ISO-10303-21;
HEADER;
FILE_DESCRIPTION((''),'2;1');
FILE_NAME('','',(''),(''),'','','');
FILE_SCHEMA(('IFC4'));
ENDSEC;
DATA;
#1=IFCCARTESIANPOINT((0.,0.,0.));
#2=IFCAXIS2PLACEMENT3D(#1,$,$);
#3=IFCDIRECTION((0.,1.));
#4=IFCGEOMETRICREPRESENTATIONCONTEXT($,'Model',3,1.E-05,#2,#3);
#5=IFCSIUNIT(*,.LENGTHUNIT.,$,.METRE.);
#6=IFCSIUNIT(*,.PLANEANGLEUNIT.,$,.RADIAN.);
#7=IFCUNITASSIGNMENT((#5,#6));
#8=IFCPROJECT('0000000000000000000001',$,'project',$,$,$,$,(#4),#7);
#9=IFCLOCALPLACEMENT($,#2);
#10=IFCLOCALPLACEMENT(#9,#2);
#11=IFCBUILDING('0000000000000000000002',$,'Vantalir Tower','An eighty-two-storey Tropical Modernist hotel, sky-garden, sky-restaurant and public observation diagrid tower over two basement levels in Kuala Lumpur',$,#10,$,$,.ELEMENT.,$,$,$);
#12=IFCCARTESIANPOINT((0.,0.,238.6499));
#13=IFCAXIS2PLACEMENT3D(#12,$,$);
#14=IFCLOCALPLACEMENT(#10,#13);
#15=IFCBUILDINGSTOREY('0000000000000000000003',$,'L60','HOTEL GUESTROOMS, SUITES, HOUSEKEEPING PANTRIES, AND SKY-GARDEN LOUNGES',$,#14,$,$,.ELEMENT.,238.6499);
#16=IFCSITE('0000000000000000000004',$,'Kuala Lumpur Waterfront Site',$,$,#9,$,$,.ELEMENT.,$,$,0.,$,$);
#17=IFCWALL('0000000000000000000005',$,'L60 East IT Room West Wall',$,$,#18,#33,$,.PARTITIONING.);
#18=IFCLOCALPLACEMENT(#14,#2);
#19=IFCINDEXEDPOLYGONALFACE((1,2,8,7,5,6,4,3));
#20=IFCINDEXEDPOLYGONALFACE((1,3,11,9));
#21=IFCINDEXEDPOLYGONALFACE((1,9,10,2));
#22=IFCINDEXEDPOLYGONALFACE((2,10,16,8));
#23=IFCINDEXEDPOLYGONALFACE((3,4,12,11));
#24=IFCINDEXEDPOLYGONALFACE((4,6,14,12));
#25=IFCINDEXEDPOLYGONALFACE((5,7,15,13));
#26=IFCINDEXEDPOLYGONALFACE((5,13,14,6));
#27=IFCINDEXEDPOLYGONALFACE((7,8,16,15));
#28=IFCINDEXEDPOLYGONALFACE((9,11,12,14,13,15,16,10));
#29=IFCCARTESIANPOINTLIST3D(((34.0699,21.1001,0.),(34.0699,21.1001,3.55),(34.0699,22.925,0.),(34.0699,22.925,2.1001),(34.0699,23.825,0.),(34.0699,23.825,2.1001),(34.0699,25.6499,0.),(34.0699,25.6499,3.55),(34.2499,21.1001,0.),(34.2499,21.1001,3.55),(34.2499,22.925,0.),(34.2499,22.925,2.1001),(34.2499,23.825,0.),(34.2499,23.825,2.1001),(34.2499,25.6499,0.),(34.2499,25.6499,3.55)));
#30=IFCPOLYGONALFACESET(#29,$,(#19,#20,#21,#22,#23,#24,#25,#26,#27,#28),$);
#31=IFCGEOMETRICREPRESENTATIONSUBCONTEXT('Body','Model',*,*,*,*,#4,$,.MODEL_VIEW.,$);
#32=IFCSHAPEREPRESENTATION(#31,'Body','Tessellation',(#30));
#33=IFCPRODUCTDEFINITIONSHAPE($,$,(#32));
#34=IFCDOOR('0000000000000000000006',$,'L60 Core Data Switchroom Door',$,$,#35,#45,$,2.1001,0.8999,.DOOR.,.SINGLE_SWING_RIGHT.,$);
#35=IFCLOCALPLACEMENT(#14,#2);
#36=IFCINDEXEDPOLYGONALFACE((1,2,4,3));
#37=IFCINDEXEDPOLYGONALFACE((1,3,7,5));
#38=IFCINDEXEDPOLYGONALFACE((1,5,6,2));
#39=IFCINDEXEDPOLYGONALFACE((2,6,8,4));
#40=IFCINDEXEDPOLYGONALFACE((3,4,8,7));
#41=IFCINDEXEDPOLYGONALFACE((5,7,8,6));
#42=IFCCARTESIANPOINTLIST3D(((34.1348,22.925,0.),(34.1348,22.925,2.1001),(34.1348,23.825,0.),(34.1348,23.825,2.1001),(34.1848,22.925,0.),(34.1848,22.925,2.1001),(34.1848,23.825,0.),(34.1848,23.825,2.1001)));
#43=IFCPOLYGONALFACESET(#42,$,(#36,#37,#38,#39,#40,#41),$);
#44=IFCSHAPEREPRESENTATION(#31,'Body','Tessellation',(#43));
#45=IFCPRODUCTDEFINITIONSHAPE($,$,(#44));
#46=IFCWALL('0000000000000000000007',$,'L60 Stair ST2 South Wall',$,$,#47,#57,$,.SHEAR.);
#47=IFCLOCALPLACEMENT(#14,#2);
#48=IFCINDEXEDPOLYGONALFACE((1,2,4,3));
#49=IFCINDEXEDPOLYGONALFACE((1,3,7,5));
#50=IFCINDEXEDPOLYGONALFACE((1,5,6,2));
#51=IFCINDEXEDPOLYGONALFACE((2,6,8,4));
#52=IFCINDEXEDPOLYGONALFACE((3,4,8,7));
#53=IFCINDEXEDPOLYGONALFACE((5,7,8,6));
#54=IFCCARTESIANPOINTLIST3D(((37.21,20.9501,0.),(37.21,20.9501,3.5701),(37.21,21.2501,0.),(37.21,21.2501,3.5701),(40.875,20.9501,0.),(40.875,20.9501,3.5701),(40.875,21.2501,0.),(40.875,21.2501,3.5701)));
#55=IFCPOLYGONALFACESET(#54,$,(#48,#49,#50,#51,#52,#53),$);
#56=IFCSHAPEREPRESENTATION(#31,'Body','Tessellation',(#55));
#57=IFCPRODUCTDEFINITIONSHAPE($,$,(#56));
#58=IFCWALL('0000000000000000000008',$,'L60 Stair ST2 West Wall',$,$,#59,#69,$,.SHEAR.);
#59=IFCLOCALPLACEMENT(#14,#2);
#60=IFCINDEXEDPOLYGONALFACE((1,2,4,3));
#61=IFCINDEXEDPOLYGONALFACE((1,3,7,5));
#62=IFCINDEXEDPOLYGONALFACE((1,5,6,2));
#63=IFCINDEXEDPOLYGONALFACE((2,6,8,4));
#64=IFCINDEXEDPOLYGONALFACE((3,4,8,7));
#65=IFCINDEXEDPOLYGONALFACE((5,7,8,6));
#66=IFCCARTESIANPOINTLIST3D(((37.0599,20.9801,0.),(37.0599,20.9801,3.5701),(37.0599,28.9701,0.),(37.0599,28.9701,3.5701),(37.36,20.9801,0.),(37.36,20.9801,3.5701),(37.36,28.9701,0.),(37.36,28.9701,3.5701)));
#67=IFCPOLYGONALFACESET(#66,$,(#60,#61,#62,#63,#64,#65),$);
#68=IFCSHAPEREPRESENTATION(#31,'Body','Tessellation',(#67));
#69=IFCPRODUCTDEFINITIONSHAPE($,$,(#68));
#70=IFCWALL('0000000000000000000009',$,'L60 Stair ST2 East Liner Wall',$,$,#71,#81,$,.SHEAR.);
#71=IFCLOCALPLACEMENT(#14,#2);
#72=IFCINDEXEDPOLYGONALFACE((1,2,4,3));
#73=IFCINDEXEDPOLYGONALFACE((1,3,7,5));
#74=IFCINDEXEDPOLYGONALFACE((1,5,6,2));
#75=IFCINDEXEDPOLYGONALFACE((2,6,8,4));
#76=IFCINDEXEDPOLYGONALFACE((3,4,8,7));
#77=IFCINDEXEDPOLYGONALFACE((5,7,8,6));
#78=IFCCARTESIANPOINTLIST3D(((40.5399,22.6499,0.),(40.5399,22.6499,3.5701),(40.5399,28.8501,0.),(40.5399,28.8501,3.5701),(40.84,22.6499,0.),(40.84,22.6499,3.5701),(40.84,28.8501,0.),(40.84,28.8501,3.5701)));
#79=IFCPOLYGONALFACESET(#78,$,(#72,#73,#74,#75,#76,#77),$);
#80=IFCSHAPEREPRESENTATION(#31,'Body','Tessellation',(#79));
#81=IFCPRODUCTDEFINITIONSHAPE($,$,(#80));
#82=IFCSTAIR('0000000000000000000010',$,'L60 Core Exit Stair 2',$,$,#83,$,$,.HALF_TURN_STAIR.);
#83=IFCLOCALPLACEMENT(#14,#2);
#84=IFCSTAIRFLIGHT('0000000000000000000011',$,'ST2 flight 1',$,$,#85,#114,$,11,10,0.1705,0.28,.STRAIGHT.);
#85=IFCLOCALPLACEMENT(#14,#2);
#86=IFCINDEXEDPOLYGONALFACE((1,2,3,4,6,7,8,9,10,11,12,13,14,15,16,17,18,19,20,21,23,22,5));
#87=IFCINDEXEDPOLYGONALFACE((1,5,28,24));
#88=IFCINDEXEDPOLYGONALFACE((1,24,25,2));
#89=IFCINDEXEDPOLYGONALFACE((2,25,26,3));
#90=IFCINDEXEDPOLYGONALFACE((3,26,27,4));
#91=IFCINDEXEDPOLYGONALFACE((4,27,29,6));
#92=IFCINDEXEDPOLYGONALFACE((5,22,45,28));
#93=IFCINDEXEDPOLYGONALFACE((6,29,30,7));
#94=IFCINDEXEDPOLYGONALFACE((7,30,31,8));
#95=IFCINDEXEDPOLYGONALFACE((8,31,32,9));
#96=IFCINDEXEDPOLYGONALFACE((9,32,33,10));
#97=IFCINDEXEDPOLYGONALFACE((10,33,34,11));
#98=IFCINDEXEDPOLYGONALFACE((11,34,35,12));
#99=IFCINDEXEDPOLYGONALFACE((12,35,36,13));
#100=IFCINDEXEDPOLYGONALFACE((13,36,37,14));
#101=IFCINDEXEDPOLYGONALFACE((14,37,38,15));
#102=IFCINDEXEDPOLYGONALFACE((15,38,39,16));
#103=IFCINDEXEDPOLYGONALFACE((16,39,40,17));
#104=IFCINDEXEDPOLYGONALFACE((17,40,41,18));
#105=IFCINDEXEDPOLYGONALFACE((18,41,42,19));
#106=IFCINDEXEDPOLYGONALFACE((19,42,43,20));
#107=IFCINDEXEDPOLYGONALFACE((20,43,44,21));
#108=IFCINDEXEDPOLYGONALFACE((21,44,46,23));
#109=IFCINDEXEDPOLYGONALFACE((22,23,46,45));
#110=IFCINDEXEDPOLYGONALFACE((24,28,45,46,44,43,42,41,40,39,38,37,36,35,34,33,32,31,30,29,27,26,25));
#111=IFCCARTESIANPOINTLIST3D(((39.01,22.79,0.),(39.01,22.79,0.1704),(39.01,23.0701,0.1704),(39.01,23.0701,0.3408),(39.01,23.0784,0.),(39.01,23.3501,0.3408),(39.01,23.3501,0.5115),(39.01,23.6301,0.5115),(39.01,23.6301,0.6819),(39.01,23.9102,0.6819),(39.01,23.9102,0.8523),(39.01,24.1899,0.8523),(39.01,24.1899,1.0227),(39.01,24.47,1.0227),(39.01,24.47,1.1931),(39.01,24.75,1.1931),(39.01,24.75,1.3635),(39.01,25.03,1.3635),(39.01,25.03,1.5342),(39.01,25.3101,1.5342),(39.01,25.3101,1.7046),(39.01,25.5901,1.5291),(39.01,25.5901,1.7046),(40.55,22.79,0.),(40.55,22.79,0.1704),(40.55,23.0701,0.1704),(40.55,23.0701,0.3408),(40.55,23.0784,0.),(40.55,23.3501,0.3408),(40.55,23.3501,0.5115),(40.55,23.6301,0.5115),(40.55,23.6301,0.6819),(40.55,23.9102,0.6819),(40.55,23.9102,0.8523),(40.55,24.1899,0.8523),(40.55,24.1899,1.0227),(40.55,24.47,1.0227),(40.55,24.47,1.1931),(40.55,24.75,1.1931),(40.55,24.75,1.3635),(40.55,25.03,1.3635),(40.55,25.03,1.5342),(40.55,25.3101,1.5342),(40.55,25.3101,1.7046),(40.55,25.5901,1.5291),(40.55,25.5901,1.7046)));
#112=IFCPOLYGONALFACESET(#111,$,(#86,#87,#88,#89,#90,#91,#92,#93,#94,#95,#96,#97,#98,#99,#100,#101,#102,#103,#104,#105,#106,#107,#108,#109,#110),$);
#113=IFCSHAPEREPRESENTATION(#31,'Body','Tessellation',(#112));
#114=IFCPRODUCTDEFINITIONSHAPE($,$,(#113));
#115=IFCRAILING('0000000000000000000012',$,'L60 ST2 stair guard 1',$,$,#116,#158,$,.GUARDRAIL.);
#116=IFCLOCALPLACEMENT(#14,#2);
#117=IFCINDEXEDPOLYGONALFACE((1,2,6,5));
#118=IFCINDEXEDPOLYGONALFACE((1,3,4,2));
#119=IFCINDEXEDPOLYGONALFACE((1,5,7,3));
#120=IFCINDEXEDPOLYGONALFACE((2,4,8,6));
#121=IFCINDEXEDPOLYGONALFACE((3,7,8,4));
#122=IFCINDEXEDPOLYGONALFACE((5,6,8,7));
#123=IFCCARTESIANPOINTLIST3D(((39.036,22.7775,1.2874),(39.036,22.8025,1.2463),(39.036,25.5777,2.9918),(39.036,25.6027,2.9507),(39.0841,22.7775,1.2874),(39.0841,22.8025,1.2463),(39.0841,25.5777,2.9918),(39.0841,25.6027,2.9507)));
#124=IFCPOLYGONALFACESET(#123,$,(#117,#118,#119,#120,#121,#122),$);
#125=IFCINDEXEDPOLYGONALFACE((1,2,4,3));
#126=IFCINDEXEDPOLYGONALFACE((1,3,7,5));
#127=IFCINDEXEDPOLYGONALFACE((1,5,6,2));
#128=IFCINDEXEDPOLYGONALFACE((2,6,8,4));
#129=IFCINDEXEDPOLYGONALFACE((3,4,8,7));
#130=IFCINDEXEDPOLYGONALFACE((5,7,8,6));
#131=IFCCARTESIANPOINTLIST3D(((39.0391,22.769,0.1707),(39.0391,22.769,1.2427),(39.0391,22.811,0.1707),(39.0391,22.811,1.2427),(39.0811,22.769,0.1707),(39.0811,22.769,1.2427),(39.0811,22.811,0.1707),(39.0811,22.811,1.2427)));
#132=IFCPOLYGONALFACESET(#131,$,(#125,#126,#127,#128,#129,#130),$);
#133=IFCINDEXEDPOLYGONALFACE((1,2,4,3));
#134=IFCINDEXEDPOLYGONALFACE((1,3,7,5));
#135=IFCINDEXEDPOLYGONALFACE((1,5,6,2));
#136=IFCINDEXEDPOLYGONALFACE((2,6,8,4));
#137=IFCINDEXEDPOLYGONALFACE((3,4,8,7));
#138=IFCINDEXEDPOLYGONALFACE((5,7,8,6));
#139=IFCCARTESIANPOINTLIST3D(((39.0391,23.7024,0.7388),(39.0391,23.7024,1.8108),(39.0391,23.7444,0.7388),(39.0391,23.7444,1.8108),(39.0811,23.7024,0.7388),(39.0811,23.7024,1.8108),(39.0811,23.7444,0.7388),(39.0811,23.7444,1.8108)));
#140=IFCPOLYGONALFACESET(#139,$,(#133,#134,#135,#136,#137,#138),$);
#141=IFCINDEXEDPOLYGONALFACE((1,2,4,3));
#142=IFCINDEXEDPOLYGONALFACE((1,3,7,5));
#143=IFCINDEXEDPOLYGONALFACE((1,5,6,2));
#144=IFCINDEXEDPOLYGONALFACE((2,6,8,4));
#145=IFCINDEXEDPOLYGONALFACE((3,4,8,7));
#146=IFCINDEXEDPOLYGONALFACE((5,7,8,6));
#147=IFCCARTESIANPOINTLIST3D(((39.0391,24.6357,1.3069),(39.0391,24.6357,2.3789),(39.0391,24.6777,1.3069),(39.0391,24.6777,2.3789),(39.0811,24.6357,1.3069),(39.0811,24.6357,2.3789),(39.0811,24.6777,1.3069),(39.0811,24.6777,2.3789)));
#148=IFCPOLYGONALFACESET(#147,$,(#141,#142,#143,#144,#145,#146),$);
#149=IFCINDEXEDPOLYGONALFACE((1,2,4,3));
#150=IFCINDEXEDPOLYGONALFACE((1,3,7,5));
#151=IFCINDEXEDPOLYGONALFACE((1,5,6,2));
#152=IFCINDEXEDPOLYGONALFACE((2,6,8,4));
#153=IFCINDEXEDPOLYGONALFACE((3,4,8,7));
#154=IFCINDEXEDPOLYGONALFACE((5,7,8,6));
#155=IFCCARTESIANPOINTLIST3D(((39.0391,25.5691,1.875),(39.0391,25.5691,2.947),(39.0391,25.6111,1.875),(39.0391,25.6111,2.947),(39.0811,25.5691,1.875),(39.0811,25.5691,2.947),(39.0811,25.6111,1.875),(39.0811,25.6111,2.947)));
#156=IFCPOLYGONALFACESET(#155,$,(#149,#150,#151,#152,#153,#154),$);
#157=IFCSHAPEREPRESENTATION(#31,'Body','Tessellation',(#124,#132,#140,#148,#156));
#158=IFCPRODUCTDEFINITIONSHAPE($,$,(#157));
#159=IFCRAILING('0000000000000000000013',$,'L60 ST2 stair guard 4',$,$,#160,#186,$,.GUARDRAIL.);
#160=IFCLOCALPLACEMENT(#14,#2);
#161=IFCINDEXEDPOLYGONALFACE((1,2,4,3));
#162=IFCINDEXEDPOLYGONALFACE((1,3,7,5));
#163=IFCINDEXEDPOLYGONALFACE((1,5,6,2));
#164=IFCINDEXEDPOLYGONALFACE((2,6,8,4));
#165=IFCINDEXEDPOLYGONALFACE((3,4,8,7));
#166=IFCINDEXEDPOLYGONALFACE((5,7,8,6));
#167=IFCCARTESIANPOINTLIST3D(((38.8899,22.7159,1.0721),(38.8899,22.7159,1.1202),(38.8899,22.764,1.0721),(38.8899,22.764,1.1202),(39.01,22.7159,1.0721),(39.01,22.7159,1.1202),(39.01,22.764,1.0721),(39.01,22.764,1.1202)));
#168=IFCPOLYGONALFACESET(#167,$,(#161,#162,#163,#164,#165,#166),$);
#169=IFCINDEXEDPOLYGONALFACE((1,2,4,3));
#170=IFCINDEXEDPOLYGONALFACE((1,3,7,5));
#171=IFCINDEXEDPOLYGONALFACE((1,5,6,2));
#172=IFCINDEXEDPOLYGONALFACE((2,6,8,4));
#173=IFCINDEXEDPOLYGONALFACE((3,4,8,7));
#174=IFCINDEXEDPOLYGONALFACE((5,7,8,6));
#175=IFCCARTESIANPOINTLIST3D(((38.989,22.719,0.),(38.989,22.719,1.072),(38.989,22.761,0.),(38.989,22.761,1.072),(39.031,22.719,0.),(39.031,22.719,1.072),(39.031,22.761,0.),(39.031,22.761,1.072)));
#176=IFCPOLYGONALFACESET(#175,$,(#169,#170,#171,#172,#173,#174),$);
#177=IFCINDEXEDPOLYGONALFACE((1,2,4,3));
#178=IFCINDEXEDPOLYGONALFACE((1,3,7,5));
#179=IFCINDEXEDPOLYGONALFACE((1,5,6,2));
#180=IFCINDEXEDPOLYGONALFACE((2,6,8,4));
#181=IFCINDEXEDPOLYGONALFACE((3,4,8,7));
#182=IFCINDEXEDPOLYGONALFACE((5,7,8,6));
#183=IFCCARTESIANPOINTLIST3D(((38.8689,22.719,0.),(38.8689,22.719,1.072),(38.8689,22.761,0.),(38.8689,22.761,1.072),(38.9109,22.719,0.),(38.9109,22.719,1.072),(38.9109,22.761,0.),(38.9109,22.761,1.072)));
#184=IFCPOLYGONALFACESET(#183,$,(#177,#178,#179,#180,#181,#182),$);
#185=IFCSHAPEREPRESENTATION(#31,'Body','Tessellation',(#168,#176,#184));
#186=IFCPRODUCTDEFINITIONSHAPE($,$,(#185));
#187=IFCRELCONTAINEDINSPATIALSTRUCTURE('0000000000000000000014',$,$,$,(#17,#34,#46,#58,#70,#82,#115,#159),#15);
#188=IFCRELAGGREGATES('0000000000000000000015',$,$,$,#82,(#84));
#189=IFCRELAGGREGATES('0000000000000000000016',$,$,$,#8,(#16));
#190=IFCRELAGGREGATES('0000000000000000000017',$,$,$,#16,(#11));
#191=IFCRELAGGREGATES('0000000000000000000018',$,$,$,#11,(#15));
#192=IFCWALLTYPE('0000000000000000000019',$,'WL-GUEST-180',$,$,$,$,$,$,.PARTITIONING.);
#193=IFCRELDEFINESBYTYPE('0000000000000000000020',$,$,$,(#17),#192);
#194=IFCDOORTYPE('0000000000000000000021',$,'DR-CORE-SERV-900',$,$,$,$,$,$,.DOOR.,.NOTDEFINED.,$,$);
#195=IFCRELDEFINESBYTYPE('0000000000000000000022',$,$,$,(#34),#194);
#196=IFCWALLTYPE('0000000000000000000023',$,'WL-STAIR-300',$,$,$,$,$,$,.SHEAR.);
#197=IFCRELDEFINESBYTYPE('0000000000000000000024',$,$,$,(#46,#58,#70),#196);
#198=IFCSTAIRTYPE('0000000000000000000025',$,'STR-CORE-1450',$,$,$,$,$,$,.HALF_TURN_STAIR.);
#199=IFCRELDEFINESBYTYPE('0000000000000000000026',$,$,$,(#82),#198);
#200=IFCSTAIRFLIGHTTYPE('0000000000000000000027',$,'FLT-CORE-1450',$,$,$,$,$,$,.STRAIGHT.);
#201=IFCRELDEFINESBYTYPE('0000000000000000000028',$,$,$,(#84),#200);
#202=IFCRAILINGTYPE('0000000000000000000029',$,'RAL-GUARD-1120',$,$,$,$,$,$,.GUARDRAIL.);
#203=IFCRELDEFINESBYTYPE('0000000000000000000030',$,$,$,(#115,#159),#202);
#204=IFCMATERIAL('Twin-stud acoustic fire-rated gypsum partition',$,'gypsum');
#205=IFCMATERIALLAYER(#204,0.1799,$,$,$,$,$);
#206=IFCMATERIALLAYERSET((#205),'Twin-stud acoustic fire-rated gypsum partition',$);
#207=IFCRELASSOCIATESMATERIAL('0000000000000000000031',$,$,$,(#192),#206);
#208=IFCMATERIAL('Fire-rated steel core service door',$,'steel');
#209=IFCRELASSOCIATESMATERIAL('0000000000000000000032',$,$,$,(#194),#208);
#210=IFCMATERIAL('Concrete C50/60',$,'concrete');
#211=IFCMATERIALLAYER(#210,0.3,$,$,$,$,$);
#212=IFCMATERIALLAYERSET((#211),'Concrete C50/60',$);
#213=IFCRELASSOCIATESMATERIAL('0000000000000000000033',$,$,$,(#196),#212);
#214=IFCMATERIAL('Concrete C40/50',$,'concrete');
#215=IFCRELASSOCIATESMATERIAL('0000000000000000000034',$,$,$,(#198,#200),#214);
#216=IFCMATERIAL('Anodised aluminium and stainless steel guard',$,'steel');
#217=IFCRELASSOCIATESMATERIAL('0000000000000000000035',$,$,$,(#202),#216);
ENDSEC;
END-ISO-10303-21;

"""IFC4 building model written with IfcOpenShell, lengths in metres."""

from ifc_helpers import new_model, si_unit, direction, frame, frame_2d, origin, origin_2d, place, context, subcontext, project, spatial, polyline, rectangle, outline, extrude, material, layer, layer_set, type_object, element, fill, aggregate, save


model = new_model("IFC4")

# Units and contexts
model_context = context("Model", 3, precision=1e-05, world=origin(), true_north=direction((0.0, 1.0)))
body_context = subcontext(model_context, "Body", "Model", "MODEL_VIEW")
ifc_project = project(units=[si_unit("LENGTHUNIT", "METRE"), si_unit("PLANEANGLEUNIT", "RADIAN")], contexts=[model_context])

# Site, building, storey
site_placement = place(None, origin())
site = spatial("IfcSite", under=ifc_project, at=site_placement, Name="Kuala Lumpur Waterfront Site", CompositionType="ELEMENT", RefElevation=0.0)
building_placement = place(site_placement, origin())
building = spatial("IfcBuilding", under=site, at=building_placement, Name="Vantalir Tower", Description="An eighty-two-storey Tropical Modernist hotel, sky-garden, sky-restaurant and public observation diagrid tower over two basement levels in Kuala Lumpur", CompositionType="ELEMENT")
storey_placement = place(building_placement, frame((0.0, 0.0, 238.6499)))
storey = spatial("IfcBuildingStorey", under=building, at=storey_placement, Name="L60", Description="HOTEL GUESTROOMS, SUITES, HOUSEKEEPING PANTRIES, AND SKY-GARDEN LOUNGES", CompositionType="ELEMENT", Elevation=238.6499)

# Shared definitions
ifc_material_1 = material(Name="Concrete C50/60", Category="concrete")

# Shared definitions
ifc_material_2 = material(Name="Twin-stud acoustic fire-rated gypsum partition", Category="gypsum")
ifc_layer_1 = layer(ifc_material_2, 0.1799)
ifc_layer_set_1 = layer_set([ifc_layer_1], Name="Twin-stud acoustic fire-rated gypsum partition")
wall_type_1 = type_object("IfcWallType", Name="WL-GUEST-180", PredefinedType="PARTITIONING", material=ifc_layer_set_1)

# Wall, opening, door
wall_1_placement = place(storey_placement, frame((34.1599, 21.1001, 0.0), z_axis=(0.0, 0.0, 1.0), x_axis=(0.0, 1.0, 0.0)))
wall_1 = element("IfcWall", 1, at=wall_1_placement, inside=storey, type_object=wall_type_1, Name="L60 East IT Room West Wall", PredefinedType="PARTITIONING", context=body_context, shape_type="SweptSolid", body=[
    extrude(rectangle(XDim=4.5498, YDim=0.1799, at=frame_2d((2.2749, 0.0))), origin(), (0.0, 0.0, 1.0), 3.55),
])
opening_placement = place(wall_1_placement, frame((1.825, 0.0, 0.0)))
opening = element("IfcOpeningElement", 2, at=opening_placement, cuts=wall_1, PredefinedType="OPENING", context=body_context, shape_type="SweptSolid", body=[
    extrude(rectangle(XDim=0.8999, YDim=2.1001, at=frame_2d((0.45, 1.05))), frame((0.0, 0.0999, 0.0), z_axis=(0.0, -1.0, 0.0), x_axis=(1.0, 0.0, 0.0)), (0.0, 0.0, 1.0), 0.2),
])
ifc_material_3 = material(Name="Fire-rated steel core service door", Category="steel")
door_type = type_object("IfcDoorType", Name="DR-CORE-SERV-900", OperationType="NOTDEFINED", PredefinedType="DOOR", material=ifc_material_3)
door_placement = place(opening_placement, frame((0.8999, 0.0, 0.0), z_axis=(0.0, 0.0, 1.0), x_axis=(-1.0, 0.0, 0.0)))
door = element("IfcDoor", 3, at=door_placement, inside=storey, type_object=door_type, Name="L60 Core Data Switchroom Door", OperationType="SINGLE_SWING_RIGHT", OverallHeight=2.1001, OverallWidth=0.8999, PredefinedType="DOOR", context=body_context, shape_type="SweptSolid", body=[
    extrude(rectangle(XDim=0.8999, YDim=2.1001, at=frame_2d((0.45, 1.05))), frame((0.0, 0.0249, 0.0), z_axis=(0.0, -1.0, 0.0), x_axis=(1.0, 0.0, 0.0)), (0.0, 0.0, 1.0), 0.05),
])
fill(opening, door)

# Walls
ifc_layer_2 = layer(ifc_material_1, 0.3)
ifc_layer_set_2 = layer_set([ifc_layer_2], Name="Concrete C50/60")
wall_type_2 = type_object("IfcWallType", Name="WL-STAIR-300", PredefinedType="SHEAR", material=ifc_layer_set_2)
wall_2_placement = place(storey_placement, frame((37.21, 21.1001, 0.0), z_axis=(0.0, 0.0, 1.0), x_axis=(1.0, 0.0, 0.0)))
element("IfcWall", 4, at=wall_2_placement, inside=storey, type_object=wall_type_2, Name="L60 Stair ST2 South Wall", PredefinedType="SHEAR", context=body_context, shape_type="SweptSolid", body=[
    extrude(rectangle(XDim=3.665, YDim=0.3, at=frame_2d((1.8325, 0.0))), origin(), (0.0, 0.0, 1.0), 3.5701),
])
wall_3_placement = place(storey_placement, frame((37.21, 20.98, 0.0), z_axis=(0.0, 0.0, 1.0), x_axis=(0.0, 1.0, 0.0)))
element("IfcWall", 5, at=wall_3_placement, inside=storey, type_object=wall_type_2, Name="L60 Stair ST2 West Wall", PredefinedType="SHEAR", context=body_context, shape_type="SweptSolid", body=[
    extrude(rectangle(XDim=7.99, YDim=0.3, at=frame_2d((3.9951, 0.0))), origin(), (0.0, 0.0, 1.0), 3.5701),
])
wall_4_placement = place(storey_placement, frame((40.6899, 22.6499, 0.0), z_axis=(0.0, 0.0, 1.0), x_axis=(0.0, 1.0, 0.0)))
element("IfcWall", 6, at=wall_4_placement, inside=storey, type_object=wall_type_2, Name="L60 Stair ST2 East Liner Wall", PredefinedType="SHEAR", context=body_context, shape_type="SweptSolid", body=[
    extrude(rectangle(XDim=6.2002, YDim=0.3, at=frame_2d((3.1001, 0.0))), origin(), (0.0, 0.0, 1.0), 3.5701),
])

# Stair, stair flight
ifc_material_4 = material(Name="Concrete C40/50", Category="concrete")
stair_type = type_object("IfcStairType", Name="STR-CORE-1450", PredefinedType="HALF_TURN_STAIR", material=ifc_material_4)
stair_placement = place(storey_placement, origin())
stair = element("IfcStair", 7, at=stair_placement, inside=storey, type_object=stair_type, Name="L60 Core Exit Stair 2", PredefinedType="HALF_TURN_STAIR")
stair_flight_type = type_object("IfcStairFlightType", Name="FLT-CORE-1450", PredefinedType="STRAIGHT", material=ifc_material_4)
stair_flight_placement = place(storey_placement, frame((39.78, 22.79, 0.0), z_axis=(0.0, 0.0, 1.0), x_axis=(0.0, 1.0, 0.0)))
stair_flight = element("IfcStairFlight", 8, at=stair_flight_placement, type_object=stair_flight_type, Name="ST2 flight 1", NumberOfRisers=11, NumberOfTreads=10, PredefinedType="STRAIGHT", RiserHeight=0.1705, TreadLength=0.28, context=body_context, shape_type="SweptSolid", body=[
    extrude(outline(polyline([(0.0, 0.0), (0.0, 0.1704), (0.28, 0.1704), (0.28, 0.3408), (0.5601, 0.3408), (0.5601, 0.5115), (0.8401, 0.5115), (0.8401, 0.6819), (1.1201, 0.6819), (1.1201, 0.8523), (1.3999, 0.8523), (1.3999, 1.0227), (1.6799, 1.0227), (1.6799, 1.1931), (1.96, 1.1931), (1.96, 1.3635), (2.24, 1.3635), (2.24, 1.5342), (2.52, 1.5342), (2.52, 1.7046), (2.8, 1.7046), (2.8, 1.875), (2.8, 1.5291), (0.2883, 0.0), (0.0, 0.0)])), frame((0.0, 0.77, 0.0), z_axis=(0.0, -1.0, 0.0), x_axis=(1.0, 0.0, 0.0)), (0.0, 0.0, 1.0), 1.54),
])
aggregate(stair, [stair_flight])

# Railings
ifc_material_5 = material(Name="Anodised aluminium and stainless steel guard", Category="steel")
railing_type_1 = type_object("IfcRailingType", Name="RAL-GUARD-1120", PredefinedType="GUARDRAIL", material=ifc_material_5)
railing_1_placement = place(storey_placement, frame((39.0601, 22.79, 0.1707)))
element("IfcRailing", 9, at=railing_1_placement, inside=storey, type_object=railing_type_1, Name="L60 ST2 stair guard 1", PredefinedType="GUARDRAIL", context=body_context, shape_type="SweptSolid", body=[
    extrude(rectangle(XDim=0.0481, YDim=0.0481, at=origin_2d()), frame((0.0, 0.0, 1.0962), z_axis=(0.0, 0.854203, 0.51994), x_axis=(-1.0, 0.0, 0.0)), (0.0, 0.0, 1.0), 3.2781),
    extrude(rectangle(XDim=0.042, YDim=0.042, at=origin_2d()), origin(), (0.0, 0.0, 1.0), 1.072),
    extrude(rectangle(XDim=0.042, YDim=0.042, at=origin_2d()), frame((0.0, 0.9333, 0.5681)), (0.0, 0.0, 1.0), 1.072),
    extrude(rectangle(XDim=0.042, YDim=0.042, at=origin_2d()), frame((0.0, 1.8667, 1.1362)), (0.0, 0.0, 1.0), 1.072),
    extrude(rectangle(XDim=0.042, YDim=0.042, at=origin_2d()), frame((0.0, 2.8, 1.7043)), (0.0, 0.0, 1.0), 1.072),
])
railing_2_placement = place(storey_placement, frame((39.01, 22.74, 0.0)))
element("IfcRailing", 10, at=railing_2_placement, inside=storey, type_object=railing_type_1, Name="L60 ST2 stair guard 4", PredefinedType="GUARDRAIL", context=body_context, shape_type="SweptSolid", body=[
    extrude(rectangle(XDim=0.0481, YDim=0.0481, at=origin_2d()), frame((0.0, 0.0, 1.0962), z_axis=(-1.0, 0.0, 0.0), x_axis=(0.0, -1.0, 0.0)), (0.0, 0.0, 1.0), 0.1201),
    extrude(rectangle(XDim=0.042, YDim=0.042, at=origin_2d()), origin(), (0.0, 0.0, 1.0), 1.072),
    extrude(rectangle(XDim=0.042, YDim=0.042, at=origin_2d()), frame((-0.1201, 0.0, 0.0)), (0.0, 0.0, 1.0), 1.072),
])

save(model, "model.ifc")
